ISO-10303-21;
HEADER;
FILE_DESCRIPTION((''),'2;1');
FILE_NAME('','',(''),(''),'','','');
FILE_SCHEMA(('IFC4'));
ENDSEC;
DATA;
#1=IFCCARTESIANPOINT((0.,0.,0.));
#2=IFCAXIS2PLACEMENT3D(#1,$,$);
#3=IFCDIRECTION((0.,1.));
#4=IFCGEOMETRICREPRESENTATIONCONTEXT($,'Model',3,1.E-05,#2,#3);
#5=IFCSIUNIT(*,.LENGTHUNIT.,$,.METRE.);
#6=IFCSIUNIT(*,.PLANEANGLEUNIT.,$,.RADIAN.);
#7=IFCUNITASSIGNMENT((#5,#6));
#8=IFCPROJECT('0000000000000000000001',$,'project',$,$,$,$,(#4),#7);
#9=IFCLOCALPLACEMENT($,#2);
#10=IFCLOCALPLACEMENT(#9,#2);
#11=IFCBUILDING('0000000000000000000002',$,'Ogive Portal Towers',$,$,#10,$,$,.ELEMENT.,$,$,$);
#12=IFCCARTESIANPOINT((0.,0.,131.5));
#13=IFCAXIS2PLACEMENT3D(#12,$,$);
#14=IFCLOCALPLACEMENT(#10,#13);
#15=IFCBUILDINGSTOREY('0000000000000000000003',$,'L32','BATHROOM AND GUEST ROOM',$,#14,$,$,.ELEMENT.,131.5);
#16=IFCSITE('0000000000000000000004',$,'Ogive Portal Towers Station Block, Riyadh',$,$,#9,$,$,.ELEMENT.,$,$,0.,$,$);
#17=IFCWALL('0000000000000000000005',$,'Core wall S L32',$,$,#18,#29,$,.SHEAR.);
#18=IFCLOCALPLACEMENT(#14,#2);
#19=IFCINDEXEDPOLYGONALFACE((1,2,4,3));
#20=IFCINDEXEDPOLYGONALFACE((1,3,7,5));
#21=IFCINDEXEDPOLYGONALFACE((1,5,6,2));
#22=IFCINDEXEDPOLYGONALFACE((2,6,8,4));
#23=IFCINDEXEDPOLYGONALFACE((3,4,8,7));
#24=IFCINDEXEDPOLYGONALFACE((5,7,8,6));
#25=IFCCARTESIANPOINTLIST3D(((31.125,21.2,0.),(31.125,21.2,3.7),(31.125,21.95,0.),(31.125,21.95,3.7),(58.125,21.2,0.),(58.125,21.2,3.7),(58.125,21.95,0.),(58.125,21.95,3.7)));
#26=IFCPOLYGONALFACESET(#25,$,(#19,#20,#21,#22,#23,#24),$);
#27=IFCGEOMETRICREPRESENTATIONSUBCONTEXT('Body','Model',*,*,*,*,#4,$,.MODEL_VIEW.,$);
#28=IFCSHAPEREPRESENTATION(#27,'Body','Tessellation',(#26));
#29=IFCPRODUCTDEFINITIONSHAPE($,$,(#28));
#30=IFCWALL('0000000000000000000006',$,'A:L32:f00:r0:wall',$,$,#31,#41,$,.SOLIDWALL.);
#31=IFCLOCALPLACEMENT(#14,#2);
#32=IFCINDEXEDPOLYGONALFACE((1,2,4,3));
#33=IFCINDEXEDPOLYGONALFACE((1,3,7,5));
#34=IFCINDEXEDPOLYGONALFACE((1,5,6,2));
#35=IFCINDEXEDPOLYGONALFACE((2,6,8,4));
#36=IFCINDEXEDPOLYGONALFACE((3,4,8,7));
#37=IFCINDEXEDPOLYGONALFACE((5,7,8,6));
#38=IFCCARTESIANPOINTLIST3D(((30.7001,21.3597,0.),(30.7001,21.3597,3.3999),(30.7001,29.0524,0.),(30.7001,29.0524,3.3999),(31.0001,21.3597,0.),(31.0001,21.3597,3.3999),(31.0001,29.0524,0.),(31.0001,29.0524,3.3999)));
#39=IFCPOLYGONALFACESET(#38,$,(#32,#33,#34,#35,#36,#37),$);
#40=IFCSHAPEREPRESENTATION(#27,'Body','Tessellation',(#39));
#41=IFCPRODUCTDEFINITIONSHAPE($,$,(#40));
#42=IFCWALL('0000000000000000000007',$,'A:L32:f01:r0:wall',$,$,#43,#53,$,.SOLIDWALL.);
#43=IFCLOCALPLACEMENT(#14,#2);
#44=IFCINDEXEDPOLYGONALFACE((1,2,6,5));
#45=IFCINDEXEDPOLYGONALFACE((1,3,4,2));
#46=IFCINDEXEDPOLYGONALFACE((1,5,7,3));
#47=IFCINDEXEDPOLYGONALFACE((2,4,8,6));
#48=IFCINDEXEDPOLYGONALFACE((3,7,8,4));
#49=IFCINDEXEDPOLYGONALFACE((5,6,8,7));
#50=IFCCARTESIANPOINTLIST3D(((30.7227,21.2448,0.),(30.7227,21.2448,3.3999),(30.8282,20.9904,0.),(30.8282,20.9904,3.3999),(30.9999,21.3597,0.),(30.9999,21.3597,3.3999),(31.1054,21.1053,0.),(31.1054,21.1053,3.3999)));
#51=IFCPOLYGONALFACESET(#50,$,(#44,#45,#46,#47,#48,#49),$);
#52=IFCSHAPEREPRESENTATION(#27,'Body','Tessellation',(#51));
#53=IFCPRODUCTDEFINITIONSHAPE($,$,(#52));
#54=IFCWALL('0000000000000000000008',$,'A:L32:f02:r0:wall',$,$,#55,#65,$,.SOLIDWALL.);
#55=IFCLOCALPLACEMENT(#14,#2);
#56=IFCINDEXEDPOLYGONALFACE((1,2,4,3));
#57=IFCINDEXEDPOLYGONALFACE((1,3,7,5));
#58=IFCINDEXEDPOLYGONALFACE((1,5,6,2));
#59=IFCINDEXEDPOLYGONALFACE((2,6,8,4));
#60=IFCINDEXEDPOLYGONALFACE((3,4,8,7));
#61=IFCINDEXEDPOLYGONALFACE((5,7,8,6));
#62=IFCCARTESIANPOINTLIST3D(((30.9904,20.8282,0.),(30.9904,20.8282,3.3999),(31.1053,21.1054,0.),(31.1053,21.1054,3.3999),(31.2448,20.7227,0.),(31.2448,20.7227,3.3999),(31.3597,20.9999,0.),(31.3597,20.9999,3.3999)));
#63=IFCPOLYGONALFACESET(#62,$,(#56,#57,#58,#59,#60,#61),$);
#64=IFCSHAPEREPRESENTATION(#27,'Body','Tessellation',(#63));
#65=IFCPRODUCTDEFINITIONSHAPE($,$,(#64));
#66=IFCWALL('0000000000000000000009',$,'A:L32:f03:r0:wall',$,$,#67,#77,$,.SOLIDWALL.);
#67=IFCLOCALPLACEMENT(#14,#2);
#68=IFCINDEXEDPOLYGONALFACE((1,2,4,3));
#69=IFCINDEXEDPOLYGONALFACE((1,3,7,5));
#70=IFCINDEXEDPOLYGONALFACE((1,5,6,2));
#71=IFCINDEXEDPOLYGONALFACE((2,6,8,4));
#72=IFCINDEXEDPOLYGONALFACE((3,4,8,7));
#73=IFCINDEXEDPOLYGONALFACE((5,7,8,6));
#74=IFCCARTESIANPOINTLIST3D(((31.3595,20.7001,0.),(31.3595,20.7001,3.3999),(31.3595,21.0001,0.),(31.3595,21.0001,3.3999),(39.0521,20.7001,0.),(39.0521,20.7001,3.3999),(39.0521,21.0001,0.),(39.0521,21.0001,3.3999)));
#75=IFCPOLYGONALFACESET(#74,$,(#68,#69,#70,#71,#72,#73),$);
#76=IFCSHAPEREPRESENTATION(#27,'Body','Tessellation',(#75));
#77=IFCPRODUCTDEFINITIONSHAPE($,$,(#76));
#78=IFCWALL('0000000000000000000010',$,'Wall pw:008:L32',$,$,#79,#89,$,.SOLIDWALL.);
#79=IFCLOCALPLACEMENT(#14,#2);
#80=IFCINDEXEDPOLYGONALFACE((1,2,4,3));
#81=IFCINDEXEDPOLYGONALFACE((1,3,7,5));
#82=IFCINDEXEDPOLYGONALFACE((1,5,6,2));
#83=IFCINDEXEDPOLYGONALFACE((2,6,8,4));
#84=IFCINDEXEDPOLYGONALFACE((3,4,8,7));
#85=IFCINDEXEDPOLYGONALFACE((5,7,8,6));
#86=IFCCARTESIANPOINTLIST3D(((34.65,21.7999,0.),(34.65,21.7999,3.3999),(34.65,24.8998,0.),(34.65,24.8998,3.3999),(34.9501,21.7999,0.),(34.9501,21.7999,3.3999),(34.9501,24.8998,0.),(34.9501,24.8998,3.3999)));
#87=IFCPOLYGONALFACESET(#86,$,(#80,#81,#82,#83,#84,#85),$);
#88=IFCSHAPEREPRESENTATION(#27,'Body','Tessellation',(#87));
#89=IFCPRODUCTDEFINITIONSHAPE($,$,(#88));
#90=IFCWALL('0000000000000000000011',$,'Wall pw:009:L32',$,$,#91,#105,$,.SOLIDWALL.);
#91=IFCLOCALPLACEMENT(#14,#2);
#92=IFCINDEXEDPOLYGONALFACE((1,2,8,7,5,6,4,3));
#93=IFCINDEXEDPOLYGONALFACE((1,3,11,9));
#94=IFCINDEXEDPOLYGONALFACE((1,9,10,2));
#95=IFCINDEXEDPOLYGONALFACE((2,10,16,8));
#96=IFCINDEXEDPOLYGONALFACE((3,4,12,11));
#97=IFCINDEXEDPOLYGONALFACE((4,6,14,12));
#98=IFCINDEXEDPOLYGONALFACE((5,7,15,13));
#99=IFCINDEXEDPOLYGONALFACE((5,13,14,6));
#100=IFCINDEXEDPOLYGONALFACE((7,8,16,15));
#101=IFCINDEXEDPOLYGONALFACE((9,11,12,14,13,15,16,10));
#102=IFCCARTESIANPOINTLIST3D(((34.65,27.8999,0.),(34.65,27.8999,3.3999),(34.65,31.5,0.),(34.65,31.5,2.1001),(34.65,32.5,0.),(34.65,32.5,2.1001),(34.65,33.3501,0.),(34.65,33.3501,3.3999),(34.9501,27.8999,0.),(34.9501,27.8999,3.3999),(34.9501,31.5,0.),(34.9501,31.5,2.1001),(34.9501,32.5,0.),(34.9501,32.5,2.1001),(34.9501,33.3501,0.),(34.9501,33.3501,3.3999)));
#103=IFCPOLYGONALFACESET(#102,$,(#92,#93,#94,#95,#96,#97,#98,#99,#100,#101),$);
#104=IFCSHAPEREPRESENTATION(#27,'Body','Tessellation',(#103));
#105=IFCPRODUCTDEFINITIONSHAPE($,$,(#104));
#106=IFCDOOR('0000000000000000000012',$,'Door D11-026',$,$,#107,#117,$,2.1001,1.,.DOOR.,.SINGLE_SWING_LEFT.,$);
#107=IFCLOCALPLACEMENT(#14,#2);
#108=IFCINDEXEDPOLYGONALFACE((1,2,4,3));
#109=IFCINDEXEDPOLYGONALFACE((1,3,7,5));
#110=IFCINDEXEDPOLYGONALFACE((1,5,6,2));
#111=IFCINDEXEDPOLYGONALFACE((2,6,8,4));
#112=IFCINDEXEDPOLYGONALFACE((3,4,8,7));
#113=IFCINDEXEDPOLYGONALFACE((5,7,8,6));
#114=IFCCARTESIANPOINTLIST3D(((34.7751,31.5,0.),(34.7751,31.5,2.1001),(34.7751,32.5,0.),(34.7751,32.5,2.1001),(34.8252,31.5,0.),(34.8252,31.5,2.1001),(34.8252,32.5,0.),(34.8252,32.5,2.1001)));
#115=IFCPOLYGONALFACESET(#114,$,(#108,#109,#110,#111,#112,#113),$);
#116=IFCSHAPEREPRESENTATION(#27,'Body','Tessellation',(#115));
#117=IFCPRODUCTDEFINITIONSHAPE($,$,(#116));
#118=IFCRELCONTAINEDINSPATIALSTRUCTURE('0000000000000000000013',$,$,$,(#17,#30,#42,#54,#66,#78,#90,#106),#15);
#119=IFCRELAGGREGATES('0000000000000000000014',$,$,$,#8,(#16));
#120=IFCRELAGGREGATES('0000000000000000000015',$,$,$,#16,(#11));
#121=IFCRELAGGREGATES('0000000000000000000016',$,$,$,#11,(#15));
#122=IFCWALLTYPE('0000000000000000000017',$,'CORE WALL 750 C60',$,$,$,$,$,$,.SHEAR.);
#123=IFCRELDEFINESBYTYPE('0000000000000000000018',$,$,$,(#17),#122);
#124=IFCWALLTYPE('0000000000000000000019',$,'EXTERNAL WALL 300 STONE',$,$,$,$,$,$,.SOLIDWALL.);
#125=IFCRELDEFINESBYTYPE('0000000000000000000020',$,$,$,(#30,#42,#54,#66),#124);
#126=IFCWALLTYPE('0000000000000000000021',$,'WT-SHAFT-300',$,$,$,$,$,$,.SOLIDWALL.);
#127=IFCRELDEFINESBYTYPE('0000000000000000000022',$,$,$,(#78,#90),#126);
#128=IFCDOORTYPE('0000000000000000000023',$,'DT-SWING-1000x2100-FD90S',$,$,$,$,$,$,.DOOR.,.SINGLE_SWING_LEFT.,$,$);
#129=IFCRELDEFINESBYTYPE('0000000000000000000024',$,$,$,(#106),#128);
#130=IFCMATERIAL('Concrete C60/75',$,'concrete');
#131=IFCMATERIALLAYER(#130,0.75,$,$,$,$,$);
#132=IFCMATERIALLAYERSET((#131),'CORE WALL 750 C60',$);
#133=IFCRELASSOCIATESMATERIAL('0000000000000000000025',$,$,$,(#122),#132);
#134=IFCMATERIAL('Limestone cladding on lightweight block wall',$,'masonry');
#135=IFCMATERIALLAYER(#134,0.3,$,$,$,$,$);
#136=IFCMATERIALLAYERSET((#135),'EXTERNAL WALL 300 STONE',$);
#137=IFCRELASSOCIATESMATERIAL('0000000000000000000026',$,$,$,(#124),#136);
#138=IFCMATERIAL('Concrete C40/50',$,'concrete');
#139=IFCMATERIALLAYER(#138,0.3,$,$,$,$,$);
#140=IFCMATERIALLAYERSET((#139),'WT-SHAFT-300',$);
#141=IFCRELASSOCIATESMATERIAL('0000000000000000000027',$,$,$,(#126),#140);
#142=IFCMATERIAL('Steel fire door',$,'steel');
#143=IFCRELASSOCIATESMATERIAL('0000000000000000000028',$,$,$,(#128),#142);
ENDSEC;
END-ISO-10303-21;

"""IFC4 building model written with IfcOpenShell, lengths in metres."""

from ifc_helpers import new_model, si_unit, direction, frame, frame_2d, origin, place, context, subcontext, project, spatial, rectangle, extrude, material, layer, layer_set, type_object, element, fill, save


model = new_model("IFC4")

# Units and contexts
model_context = context("Model", 3, precision=1e-05, world=origin(), true_north=direction((0.0, 1.0)))
body_context = subcontext(model_context, "Body", "Model", "MODEL_VIEW")
ifc_project = project(units=[si_unit("LENGTHUNIT", "METRE"), si_unit("PLANEANGLEUNIT", "RADIAN")], contexts=[model_context])

# Site, building, storey
site_placement = place(None, origin())
site = spatial("IfcSite", under=ifc_project, at=site_placement, Name="Ogive Portal Towers Station Block, Riyadh", CompositionType="ELEMENT", RefElevation=0.0)
building_placement = place(site_placement, origin())
building = spatial("IfcBuilding", under=site, at=building_placement, Name="Ogive Portal Towers", CompositionType="ELEMENT")
storey_placement = place(building_placement, frame((0.0, 0.0, 131.5)))
storey = spatial("IfcBuildingStorey", under=building, at=storey_placement, Name="L32", Description="BATHROOM AND GUEST ROOM", CompositionType="ELEMENT", Elevation=131.5)

# Shared definitions
ifc_material_1 = material(Name="Concrete C40/50", Category="concrete")

# Walls
ifc_material_2 = material(Name="Concrete C60/75", Category="concrete")
ifc_layer_1 = layer(ifc_material_2, 0.75)
ifc_layer_set_1 = layer_set([ifc_layer_1], Name="CORE WALL 750 C60")
wall_type_1 = type_object("IfcWallType", Name="CORE WALL 750 C60", PredefinedType="SHEAR", material=ifc_layer_set_1)
wall_1_placement = place(storey_placement, frame((31.125, 21.575, 0.0), z_axis=(0.0, 0.0, 1.0), x_axis=(1.0, 0.0, 0.0)))
element("IfcWall", 1, at=wall_1_placement, inside=storey, type_object=wall_type_1, Name="Core wall S L32", PredefinedType="SHEAR", context=body_context, shape_type="SweptSolid", body=[
    extrude(rectangle(XDim=27.0, YDim=0.75, at=frame_2d((13.5, 0.0))), origin(), (0.0, 0.0, 1.0), 3.7),
])
ifc_material_3 = material(Name="Limestone cladding on lightweight block wall", Category="masonry")
ifc_layer_2 = layer(ifc_material_3, 0.3)
ifc_layer_set_2 = layer_set([ifc_layer_2], Name="EXTERNAL WALL 300 STONE")
wall_type_2 = type_object("IfcWallType", Name="EXTERNAL WALL 300 STONE", PredefinedType="SOLIDWALL", material=ifc_layer_set_2)
wall_2_placement = place(storey_placement, frame((30.8501, 29.0522, 0.0), z_axis=(0.0, 0.0, 1.0), x_axis=(0.0, -1.0, 0.0)))
element("IfcWall", 2, at=wall_2_placement, inside=storey, type_object=wall_type_2, Name="A:L32:f00:r0:wall", PredefinedType="SOLIDWALL", context=body_context, shape_type="SweptSolid", body=[
    extrude(rectangle(XDim=7.6926, YDim=0.3, at=frame_2d((3.8462, 0.0))), origin(), (0.0, 0.0, 1.0), 3.3999),
])
for number, where, z_axis, x_axis, name in (
    (3, (30.8613, 21.3022, 0.0), (0.0, 0.0, 1.0), (0.382978, -0.923757, 0.0), "A:L32:f01:r0:wall"),
    (4, (31.0479, 20.9668, 0.0), (0.0, 0.0, 1.0), (0.923757, -0.382978, 0.0), "A:L32:f02:r0:wall"),
):
    element("IfcWall", number, at=place(storey_placement, frame(where, z_axis=z_axis, x_axis=x_axis)), inside=storey, type_object=wall_type_2, Name=name, PredefinedType="SOLIDWALL", context=body_context, shape_type="SweptSolid", body=[
        extrude(rectangle(XDim=0.2754, YDim=0.3, at=frame_2d((0.1377, 0.0))), origin(), (0.0, 0.0, 1.0), 3.3999),
    ])
wall_3_placement = place(storey_placement, frame((31.3596, 20.8501, 0.0), z_axis=(0.0, 0.0, 1.0), x_axis=(1.0, 0.0, 0.0)))
element("IfcWall", 5, at=wall_3_placement, inside=storey, type_object=wall_type_2, Name="A:L32:f03:r0:wall", PredefinedType="SOLIDWALL", context=body_context, shape_type="SweptSolid", body=[
    extrude(rectangle(XDim=7.6926, YDim=0.3, at=frame_2d((3.8462, 0.0))), origin(), (0.0, 0.0, 1.0), 3.3999),
])

# Shared definitions
ifc_layer_3 = layer(ifc_material_1, 0.3)
ifc_layer_set_3 = layer_set([ifc_layer_3], Name="WT-SHAFT-300")
wall_type_3 = type_object("IfcWallType", Name="WT-SHAFT-300", PredefinedType="SOLIDWALL", material=ifc_layer_set_3)
ifc_material_4 = material(Name="Steel fire door", Category="steel")

# Wall
wall_4_placement = place(storey_placement, frame((34.8, 21.8, 0.0), z_axis=(0.0, 0.0, 1.0), x_axis=(0.0, 1.0, 0.0)))
element("IfcWall", 6, at=wall_4_placement, inside=storey, type_object=wall_type_3, Name="Wall pw:008:L32", PredefinedType="SOLIDWALL", context=body_context, shape_type="SweptSolid", body=[
    extrude(rectangle(XDim=3.0999, YDim=0.3, at=frame_2d((1.5498, 0.0))), origin(), (0.0, 0.0, 1.0), 3.3999),
])

# Wall, opening, door
wall_5_placement = place(storey_placement, frame((34.8, 27.8999, 0.0), z_axis=(0.0, 0.0, 1.0), x_axis=(0.0, 1.0, 0.0)))
wall_5 = element("IfcWall", 7, at=wall_5_placement, inside=storey, type_object=wall_type_3, Name="Wall pw:009:L32", PredefinedType="SOLIDWALL", context=body_context, shape_type="SweptSolid", body=[
    extrude(rectangle(XDim=5.4502, YDim=0.3, at=frame_2d((2.7251, 0.0))), origin(), (0.0, 0.0, 1.0), 3.3999),
])
opening_1_placement = place(wall_5_placement, frame((3.6001, 0.0, 0.0)))
opening_1 = element("IfcOpeningElement", 8, at=opening_1_placement, cuts=wall_5, PredefinedType="OPENING", context=body_context, shape_type="SweptSolid", body=[
    extrude(rectangle(XDim=1.0, YDim=2.1001, at=frame_2d((0.5, 1.05))), frame((0.0, 0.1602, 0.0), z_axis=(0.0, -1.0, 0.0), x_axis=(1.0, 0.0, 0.0)), (0.0, 0.0, 1.0), 0.3201),
])
door_type_1 = type_object("IfcDoorType", Name="DT-SWING-1000x2100-FD90S", OperationType="SINGLE_SWING_LEFT", PredefinedType="DOOR", material=ifc_material_4)
door_1_placement = place(opening_1_placement, origin())
door_1 = element("IfcDoor", 9, at=door_1_placement, inside=storey, type_object=door_type_1, Name="Door D11-026", OperationType="SINGLE_SWING_LEFT", OverallHeight=2.1001, OverallWidth=1.0, PredefinedType="DOOR", context=body_context, shape_type="SweptSolid", body=[
    extrude(rectangle(XDim=1.0, YDim=2.1001, at=frame_2d((0.5, 1.05))), frame((0.0, 0.0249, 0.0), z_axis=(0.0, -1.0, 0.0), x_axis=(1.0, 0.0, 0.0)), (0.0, 0.0, 1.0), 0.05),
])
fill(opening_1, door_1)

save(model, "model.ifc")
